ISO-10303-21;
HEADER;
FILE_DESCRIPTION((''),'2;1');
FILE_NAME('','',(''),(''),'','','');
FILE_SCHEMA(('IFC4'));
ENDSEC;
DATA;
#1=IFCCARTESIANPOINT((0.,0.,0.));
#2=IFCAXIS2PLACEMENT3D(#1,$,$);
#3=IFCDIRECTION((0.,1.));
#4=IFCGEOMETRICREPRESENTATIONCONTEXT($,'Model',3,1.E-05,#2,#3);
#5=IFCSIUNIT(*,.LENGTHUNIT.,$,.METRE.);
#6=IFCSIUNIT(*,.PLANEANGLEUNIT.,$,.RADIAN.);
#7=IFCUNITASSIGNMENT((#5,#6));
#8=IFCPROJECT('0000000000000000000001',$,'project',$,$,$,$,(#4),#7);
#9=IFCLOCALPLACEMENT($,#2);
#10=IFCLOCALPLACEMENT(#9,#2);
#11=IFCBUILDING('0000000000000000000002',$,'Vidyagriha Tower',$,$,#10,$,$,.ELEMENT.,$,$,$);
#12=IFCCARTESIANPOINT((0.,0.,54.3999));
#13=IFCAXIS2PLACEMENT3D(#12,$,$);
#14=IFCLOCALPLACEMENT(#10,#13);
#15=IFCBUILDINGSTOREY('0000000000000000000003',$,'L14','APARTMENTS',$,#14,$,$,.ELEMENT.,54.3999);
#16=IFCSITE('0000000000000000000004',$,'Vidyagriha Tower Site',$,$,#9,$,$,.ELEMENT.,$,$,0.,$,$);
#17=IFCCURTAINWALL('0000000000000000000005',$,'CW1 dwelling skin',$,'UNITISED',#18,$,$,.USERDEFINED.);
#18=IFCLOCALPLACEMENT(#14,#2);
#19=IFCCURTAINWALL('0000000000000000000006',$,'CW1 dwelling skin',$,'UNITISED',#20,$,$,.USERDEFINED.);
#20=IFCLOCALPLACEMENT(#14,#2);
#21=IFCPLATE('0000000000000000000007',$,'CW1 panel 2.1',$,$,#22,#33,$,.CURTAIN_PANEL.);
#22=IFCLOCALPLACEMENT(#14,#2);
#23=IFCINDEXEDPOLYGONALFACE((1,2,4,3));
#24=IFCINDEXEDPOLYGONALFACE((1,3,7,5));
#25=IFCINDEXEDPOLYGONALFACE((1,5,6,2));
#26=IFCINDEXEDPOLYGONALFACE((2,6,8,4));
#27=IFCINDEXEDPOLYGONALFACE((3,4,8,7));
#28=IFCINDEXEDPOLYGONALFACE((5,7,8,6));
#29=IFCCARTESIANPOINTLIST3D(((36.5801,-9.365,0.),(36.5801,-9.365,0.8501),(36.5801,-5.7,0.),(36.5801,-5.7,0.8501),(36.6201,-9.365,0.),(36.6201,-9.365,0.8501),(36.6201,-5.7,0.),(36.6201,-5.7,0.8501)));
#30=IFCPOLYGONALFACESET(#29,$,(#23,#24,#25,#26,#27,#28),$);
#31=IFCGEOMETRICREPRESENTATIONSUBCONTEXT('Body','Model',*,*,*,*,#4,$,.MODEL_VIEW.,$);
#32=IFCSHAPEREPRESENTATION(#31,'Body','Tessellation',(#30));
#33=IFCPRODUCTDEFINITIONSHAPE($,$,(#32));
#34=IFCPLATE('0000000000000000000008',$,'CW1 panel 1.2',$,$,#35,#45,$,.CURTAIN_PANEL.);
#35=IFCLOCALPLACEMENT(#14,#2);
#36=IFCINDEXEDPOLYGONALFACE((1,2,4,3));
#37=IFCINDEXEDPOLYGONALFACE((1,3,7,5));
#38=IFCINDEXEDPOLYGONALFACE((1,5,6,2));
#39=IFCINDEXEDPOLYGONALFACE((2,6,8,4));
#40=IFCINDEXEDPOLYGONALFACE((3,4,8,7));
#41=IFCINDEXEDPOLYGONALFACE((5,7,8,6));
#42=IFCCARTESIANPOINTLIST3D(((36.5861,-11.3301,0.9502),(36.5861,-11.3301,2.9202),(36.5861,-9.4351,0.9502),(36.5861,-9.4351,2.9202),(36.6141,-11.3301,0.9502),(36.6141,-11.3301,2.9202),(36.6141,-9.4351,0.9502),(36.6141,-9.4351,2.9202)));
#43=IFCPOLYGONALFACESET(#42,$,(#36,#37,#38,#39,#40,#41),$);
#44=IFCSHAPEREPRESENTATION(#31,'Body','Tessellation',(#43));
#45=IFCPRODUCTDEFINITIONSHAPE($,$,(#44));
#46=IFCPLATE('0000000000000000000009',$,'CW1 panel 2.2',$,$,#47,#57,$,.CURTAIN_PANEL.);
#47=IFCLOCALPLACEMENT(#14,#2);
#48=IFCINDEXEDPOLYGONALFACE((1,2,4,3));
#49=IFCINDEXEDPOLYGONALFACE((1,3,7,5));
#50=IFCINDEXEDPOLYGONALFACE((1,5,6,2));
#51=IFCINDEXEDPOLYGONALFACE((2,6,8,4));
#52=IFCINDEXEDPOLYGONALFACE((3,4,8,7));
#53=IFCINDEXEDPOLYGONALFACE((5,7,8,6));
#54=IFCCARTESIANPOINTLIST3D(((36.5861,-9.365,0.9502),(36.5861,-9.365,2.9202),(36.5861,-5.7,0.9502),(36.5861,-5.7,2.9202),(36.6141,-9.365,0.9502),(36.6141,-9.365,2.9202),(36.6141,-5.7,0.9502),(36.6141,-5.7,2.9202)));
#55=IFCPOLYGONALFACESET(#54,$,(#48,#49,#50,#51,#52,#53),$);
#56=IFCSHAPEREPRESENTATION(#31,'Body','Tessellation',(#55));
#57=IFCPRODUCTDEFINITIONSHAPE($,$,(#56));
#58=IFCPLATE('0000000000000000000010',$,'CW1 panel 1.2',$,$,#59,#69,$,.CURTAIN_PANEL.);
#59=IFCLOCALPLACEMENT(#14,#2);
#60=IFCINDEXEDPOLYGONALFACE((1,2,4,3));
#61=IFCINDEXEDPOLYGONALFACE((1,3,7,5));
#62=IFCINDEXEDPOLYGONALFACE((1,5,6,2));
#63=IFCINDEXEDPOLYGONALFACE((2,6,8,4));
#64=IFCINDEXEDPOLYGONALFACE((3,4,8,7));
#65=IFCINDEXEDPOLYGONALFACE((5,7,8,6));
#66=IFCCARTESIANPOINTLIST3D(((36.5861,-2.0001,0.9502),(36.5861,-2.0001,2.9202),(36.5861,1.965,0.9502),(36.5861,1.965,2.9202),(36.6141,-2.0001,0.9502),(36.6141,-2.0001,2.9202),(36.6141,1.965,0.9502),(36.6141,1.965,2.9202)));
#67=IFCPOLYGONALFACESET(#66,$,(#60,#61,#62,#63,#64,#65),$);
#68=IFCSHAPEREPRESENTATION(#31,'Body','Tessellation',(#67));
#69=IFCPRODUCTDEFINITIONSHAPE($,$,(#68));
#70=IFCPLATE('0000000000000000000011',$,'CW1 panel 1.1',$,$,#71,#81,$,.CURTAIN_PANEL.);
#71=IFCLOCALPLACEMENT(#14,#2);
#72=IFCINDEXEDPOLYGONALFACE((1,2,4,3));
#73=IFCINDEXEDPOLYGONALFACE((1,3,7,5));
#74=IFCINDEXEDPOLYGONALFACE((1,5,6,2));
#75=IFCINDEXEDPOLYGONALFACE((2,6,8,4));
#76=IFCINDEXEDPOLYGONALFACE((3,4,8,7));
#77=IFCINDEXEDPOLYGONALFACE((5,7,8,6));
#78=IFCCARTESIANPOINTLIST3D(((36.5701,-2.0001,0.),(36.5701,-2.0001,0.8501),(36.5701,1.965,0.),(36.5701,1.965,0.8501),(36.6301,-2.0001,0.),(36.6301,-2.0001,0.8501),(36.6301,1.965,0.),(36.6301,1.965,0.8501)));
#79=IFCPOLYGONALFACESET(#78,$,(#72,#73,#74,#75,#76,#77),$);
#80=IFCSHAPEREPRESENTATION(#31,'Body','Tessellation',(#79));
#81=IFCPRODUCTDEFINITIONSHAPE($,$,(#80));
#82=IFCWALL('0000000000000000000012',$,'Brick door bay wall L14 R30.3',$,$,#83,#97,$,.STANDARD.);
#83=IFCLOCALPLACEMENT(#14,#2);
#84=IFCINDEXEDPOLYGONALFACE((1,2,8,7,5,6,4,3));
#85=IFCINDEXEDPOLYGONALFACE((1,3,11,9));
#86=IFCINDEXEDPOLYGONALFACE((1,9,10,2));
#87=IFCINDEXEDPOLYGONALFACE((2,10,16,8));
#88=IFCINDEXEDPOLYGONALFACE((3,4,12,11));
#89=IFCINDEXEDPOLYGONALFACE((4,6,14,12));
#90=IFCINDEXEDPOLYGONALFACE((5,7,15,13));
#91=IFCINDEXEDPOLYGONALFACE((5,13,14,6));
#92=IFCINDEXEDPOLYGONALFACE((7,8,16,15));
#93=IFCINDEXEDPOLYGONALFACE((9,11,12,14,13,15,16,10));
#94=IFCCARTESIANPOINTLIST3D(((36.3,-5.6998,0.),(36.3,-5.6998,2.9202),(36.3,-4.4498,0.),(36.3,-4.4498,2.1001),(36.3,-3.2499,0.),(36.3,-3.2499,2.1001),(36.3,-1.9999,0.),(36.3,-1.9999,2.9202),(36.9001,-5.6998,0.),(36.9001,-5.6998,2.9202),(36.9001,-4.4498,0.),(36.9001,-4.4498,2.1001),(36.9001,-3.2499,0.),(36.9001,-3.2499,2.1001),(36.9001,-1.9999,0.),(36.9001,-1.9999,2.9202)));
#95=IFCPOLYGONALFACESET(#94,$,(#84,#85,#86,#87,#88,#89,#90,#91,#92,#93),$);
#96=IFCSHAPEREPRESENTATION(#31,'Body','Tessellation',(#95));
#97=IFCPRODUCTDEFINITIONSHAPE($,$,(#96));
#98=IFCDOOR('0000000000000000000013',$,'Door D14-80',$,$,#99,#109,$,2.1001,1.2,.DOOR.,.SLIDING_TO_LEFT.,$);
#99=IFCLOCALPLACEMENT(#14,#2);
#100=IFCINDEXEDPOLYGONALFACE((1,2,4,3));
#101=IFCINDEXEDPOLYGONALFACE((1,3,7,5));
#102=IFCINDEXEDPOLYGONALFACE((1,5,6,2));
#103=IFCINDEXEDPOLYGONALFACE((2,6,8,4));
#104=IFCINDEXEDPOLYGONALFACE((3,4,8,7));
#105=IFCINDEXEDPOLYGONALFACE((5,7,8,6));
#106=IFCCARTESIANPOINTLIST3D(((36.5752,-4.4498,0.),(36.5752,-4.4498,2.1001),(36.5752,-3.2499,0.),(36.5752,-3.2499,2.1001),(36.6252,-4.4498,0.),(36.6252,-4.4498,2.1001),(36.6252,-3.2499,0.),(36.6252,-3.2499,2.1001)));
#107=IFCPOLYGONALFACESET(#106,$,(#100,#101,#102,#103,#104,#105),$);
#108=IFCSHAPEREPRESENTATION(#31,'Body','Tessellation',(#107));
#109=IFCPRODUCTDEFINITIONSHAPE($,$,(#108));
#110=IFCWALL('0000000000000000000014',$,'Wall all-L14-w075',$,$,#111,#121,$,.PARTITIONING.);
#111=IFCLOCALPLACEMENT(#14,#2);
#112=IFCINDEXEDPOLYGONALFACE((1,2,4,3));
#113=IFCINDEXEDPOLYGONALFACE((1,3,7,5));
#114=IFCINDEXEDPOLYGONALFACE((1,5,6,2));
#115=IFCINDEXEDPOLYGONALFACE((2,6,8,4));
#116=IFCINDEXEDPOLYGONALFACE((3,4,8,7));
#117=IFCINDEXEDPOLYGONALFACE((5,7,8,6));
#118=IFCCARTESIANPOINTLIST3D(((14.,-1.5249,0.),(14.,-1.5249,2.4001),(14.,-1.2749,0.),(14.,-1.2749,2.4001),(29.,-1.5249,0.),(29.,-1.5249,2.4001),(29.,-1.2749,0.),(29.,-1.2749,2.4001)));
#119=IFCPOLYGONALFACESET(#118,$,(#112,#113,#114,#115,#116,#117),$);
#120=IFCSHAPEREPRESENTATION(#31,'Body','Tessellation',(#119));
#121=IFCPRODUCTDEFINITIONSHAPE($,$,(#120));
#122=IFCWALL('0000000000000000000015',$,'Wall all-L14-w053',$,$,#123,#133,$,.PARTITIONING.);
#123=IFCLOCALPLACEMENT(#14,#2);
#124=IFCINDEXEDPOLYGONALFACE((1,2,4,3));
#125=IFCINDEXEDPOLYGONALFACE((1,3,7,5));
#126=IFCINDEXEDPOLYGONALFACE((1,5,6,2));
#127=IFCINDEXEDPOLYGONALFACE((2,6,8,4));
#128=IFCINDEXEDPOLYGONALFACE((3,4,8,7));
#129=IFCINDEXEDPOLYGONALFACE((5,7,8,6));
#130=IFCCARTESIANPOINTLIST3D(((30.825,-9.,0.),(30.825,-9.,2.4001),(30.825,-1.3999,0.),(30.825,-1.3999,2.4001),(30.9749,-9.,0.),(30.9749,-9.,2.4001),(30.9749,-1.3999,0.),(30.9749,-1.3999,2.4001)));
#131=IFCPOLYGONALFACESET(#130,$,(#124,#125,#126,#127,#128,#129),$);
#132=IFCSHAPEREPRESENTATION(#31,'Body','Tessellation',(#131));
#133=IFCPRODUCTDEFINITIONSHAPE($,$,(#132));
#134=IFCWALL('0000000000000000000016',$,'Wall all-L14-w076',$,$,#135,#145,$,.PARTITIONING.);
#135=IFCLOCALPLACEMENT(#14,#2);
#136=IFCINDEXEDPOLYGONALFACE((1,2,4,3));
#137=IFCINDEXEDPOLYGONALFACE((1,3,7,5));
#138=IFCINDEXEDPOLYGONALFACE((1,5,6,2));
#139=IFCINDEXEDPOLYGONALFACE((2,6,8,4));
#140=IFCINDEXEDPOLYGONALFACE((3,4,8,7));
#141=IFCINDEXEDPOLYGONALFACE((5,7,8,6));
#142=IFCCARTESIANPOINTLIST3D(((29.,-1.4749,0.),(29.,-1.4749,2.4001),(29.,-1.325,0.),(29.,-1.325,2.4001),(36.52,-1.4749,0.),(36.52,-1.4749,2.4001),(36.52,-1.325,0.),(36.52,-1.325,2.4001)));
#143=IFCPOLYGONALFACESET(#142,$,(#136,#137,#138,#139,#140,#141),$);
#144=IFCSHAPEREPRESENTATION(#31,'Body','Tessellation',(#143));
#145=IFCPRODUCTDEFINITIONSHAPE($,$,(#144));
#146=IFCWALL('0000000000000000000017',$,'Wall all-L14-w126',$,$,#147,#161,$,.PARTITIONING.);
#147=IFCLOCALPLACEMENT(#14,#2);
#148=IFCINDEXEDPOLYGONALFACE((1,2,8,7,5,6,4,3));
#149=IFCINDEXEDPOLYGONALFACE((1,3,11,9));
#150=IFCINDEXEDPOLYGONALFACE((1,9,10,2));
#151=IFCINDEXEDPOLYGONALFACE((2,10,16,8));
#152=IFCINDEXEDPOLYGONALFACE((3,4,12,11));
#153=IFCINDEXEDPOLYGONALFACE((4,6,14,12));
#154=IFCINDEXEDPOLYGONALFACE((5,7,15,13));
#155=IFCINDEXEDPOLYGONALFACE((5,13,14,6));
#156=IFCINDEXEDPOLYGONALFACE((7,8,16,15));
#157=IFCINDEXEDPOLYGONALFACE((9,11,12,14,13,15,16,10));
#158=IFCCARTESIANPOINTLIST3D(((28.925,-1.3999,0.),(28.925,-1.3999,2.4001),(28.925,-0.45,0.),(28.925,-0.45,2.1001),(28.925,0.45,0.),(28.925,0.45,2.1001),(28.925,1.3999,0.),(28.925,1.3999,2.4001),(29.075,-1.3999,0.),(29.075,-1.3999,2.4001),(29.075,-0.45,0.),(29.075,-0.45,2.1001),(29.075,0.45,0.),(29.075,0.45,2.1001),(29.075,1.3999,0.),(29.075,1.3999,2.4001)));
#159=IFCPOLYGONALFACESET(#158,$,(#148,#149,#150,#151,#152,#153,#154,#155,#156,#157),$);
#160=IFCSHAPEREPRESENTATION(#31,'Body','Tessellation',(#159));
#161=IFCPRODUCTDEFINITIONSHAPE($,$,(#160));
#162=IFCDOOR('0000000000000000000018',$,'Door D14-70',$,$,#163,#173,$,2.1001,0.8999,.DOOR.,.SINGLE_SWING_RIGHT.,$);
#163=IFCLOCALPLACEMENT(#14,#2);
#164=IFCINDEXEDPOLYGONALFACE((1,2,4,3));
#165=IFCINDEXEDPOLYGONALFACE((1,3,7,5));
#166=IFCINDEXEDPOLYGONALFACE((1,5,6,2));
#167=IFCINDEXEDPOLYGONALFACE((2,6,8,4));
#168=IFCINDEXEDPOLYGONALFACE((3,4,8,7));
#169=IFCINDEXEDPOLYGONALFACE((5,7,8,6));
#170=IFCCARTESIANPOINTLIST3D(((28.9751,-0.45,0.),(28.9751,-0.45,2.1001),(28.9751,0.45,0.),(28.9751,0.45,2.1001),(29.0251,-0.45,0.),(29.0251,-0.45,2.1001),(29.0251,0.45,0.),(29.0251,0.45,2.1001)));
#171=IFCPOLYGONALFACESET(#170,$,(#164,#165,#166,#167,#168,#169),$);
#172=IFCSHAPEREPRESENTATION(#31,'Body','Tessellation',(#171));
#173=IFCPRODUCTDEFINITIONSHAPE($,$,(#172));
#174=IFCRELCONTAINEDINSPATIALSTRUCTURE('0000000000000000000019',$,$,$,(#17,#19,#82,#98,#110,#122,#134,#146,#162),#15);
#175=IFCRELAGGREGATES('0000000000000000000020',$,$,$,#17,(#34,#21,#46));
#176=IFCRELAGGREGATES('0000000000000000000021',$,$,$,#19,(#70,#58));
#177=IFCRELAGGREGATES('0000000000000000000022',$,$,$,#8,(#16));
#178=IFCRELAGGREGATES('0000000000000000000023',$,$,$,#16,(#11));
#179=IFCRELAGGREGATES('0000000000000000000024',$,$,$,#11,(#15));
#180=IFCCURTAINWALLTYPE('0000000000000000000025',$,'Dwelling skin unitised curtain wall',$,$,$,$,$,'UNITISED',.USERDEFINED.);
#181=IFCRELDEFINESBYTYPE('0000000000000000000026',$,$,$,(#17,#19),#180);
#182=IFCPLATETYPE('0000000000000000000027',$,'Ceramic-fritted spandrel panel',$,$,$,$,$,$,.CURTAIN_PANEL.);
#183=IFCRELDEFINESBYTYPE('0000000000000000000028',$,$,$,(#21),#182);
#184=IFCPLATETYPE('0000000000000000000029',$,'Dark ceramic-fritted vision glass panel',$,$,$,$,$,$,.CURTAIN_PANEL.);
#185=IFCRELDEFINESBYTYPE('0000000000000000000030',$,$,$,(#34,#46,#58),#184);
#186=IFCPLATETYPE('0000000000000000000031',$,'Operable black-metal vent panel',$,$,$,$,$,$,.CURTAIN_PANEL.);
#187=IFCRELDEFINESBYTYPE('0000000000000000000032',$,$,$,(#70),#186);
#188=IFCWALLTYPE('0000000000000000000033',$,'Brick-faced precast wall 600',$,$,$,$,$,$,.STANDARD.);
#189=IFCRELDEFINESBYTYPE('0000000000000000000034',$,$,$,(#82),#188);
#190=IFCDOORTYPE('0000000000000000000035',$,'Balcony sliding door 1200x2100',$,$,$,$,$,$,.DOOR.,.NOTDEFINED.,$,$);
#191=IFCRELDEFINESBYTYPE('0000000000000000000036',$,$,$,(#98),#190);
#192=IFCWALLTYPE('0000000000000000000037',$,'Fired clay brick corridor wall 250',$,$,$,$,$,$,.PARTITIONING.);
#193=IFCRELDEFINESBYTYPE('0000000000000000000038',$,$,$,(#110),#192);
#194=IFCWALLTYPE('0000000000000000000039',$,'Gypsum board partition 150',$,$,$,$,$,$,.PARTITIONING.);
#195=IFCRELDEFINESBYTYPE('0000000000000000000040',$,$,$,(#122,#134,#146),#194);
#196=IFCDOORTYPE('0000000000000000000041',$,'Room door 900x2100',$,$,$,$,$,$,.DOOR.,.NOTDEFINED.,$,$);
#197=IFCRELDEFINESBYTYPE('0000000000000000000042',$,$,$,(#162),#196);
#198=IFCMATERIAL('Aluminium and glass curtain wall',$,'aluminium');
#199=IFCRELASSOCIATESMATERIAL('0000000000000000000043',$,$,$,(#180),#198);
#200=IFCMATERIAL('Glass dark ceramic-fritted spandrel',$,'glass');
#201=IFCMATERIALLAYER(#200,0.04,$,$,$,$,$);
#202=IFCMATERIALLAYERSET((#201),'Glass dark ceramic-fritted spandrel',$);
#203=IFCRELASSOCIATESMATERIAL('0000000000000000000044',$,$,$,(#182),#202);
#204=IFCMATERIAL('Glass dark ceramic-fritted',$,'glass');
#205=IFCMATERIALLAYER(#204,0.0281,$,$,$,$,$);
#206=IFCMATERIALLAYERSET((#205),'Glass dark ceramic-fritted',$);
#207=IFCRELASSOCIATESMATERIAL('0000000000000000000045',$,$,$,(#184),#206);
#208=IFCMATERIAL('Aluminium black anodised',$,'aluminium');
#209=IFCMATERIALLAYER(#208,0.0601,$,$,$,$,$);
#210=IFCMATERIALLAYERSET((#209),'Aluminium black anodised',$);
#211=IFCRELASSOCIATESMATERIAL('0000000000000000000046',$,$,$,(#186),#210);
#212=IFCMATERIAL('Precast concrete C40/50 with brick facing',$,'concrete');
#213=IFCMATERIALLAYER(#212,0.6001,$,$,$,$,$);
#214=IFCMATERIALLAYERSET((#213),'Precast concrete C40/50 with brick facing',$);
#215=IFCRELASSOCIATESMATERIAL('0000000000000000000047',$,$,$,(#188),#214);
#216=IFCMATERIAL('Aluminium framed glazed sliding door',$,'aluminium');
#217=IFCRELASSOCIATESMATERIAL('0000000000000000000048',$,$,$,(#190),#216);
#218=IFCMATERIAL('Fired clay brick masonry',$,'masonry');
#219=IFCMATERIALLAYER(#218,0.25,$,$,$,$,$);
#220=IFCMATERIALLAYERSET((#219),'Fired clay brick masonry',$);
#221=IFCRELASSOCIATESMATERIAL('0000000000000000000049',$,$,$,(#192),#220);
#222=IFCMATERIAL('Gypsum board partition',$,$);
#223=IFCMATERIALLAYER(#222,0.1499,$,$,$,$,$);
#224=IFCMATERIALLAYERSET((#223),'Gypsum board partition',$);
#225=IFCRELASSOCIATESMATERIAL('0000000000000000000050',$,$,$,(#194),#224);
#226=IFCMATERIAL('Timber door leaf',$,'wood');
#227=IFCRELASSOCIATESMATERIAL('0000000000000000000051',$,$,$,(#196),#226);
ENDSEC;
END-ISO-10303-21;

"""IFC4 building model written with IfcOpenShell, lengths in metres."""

from ifc_helpers import new_model, si_unit, direction, frame, frame_2d, origin, origin_2d, place, context, subcontext, project, spatial, rectangle, extrude, material, layer, layer_set, type_object, element, fill, aggregate, save


model = new_model("IFC4")

# Units and contexts
model_context = context("Model", 3, precision=1e-05, world=origin(), true_north=direction((0.0, 1.0)))
body_context = subcontext(model_context, "Body", "Model", "MODEL_VIEW")
ifc_project = project(units=[si_unit("LENGTHUNIT", "METRE"), si_unit("PLANEANGLEUNIT", "RADIAN")], contexts=[model_context])

# Site, building, storey
site_placement = place(None, origin())
site = spatial("IfcSite", under=ifc_project, at=site_placement, Name="Vidyagriha Tower Site", CompositionType="ELEMENT", RefElevation=0.0)
building_placement = place(site_placement, origin())
building = spatial("IfcBuilding", under=site, at=building_placement, Name="Vidyagriha Tower", CompositionType="ELEMENT")
storey_placement = place(building_placement, frame((0.0, 0.0, 54.3999)))
storey = spatial("IfcBuildingStorey", under=building, at=storey_placement, Name="L14", Description="APARTMENTS", CompositionType="ELEMENT", Elevation=54.3999)

# Curtain wall
ifc_material_1 = material(Name="Aluminium and glass curtain wall", Category="aluminium")
curtain_wall_type = type_object("IfcCurtainWallType", Name="Dwelling skin unitised curtain wall", ElementType="UNITISED", PredefinedType="USERDEFINED", material=ifc_material_1)
curtain_wall_1_placement = place(storey_placement, origin())
curtain_wall_1 = element("IfcCurtainWall", 1, at=curtain_wall_1_placement, inside=storey, type_object=curtain_wall_type, Name="CW1 dwelling skin", ObjectType="UNITISED", PredefinedType="USERDEFINED")

# Curtain wall
curtain_wall_2_placement = place(storey_placement, origin())
curtain_wall_2 = element("IfcCurtainWall", 2, at=curtain_wall_2_placement, inside=storey, type_object=curtain_wall_type, Name="CW1 dwelling skin", ObjectType="UNITISED", PredefinedType="USERDEFINED")

# Plates
ifc_material_2 = material(Name="Glass dark ceramic-fritted spandrel", Category="glass")
ifc_layer_1 = layer(ifc_material_2, 0.04)
ifc_layer_set_1 = layer_set([ifc_layer_1], Name="Glass dark ceramic-fritted spandrel")
plate_type_1 = type_object("IfcPlateType", Name="Ceramic-fritted spandrel panel", PredefinedType="CURTAIN_PANEL", material=ifc_layer_set_1)
plate_1_placement = place(storey_placement, frame((36.6001, -7.5325, 0.0), z_axis=(0.0, 0.0, 1.0), x_axis=(0.0, 1.0, 0.0)))
plate_1 = element("IfcPlate", 3, at=plate_1_placement, type_object=plate_type_1, Name="CW1 panel 2.1", PredefinedType="CURTAIN_PANEL", context=body_context, shape_type="SweptSolid", body=[
    extrude(rectangle(XDim=3.665, YDim=0.04, at=origin_2d()), origin(), (0.0, 0.0, 1.0), 0.8501),
])
ifc_material_3 = material(Name="Glass dark ceramic-fritted", Category="glass")
ifc_layer_2 = layer(ifc_material_3, 0.0281)
ifc_layer_set_2 = layer_set([ifc_layer_2], Name="Glass dark ceramic-fritted")
plate_type_2 = type_object("IfcPlateType", Name="Dark ceramic-fritted vision glass panel", PredefinedType="CURTAIN_PANEL", material=ifc_layer_set_2)
plate_2_placement = place(storey_placement, frame((36.6001, -10.3826, 0.9502), z_axis=(0.0, 0.0, 1.0), x_axis=(0.0, 1.0, 0.0)))
plate_2 = element("IfcPlate", 4, at=plate_2_placement, type_object=plate_type_2, Name="CW1 panel 1.2", PredefinedType="CURTAIN_PANEL", context=body_context, shape_type="SweptSolid", body=[
    extrude(rectangle(XDim=1.895, YDim=0.0281, at=origin_2d()), origin(), (0.0, 0.0, 1.0), 1.97),
])
plate_3_placement = place(storey_placement, frame((36.6001, -7.5325, 0.9502), z_axis=(0.0, 0.0, 1.0), x_axis=(0.0, 1.0, 0.0)))
plate_3 = element("IfcPlate", 5, at=plate_3_placement, type_object=plate_type_2, Name="CW1 panel 2.2", PredefinedType="CURTAIN_PANEL", context=body_context, shape_type="SweptSolid", body=[
    extrude(rectangle(XDim=3.665, YDim=0.0281, at=origin_2d()), origin(), (0.0, 0.0, 1.0), 1.97),
])
aggregate(curtain_wall_1, [plate_2, plate_1, plate_3])
plate_4_placement = place(storey_placement, frame((36.6001, -0.0176, 0.9502), z_axis=(0.0, 0.0, 1.0), x_axis=(0.0, 1.0, 0.0)))
plate_4 = element("IfcPlate", 6, at=plate_4_placement, type_object=plate_type_2, Name="CW1 panel 1.2", PredefinedType="CURTAIN_PANEL", context=body_context, shape_type="SweptSolid", body=[
    extrude(rectangle(XDim=3.9651, YDim=0.0281, at=origin_2d()), origin(), (0.0, 0.0, 1.0), 1.97),
])
ifc_material_4 = material(Name="Aluminium black anodised", Category="aluminium")
ifc_layer_3 = layer(ifc_material_4, 0.0601)
ifc_layer_set_3 = layer_set([ifc_layer_3], Name="Aluminium black anodised")
plate_type_3 = type_object("IfcPlateType", Name="Operable black-metal vent panel", PredefinedType="CURTAIN_PANEL", material=ifc_layer_set_3)
plate_5_placement = place(storey_placement, frame((36.6001, -0.0176, 0.0), z_axis=(0.0, 0.0, 1.0), x_axis=(0.0, 1.0, 0.0)))
plate_5 = element("IfcPlate", 7, at=plate_5_placement, type_object=plate_type_3, Name="CW1 panel 1.1", PredefinedType="CURTAIN_PANEL", context=body_context, shape_type="SweptSolid", body=[
    extrude(rectangle(XDim=3.9651, YDim=0.0601, at=origin_2d()), origin(), (0.0, 0.0, 1.0), 0.8501),
])
aggregate(curtain_wall_2, [plate_5, plate_4])

# Wall, opening, door
ifc_material_5 = material(Name="Precast concrete C40/50 with brick facing", Category="concrete")
ifc_layer_4 = layer(ifc_material_5, 0.6001)
ifc_layer_set_4 = layer_set([ifc_layer_4], Name="Precast concrete C40/50 with brick facing")
wall_type_1 = type_object("IfcWallType", Name="Brick-faced precast wall 600", PredefinedType="STANDARD", material=ifc_layer_set_4)
wall_1_placement = place(storey_placement, frame((36.6001, -5.7, 0.0), z_axis=(0.0, 0.0, 1.0), x_axis=(0.0, 1.0, 0.0)))
wall_1 = element("IfcWall", 8, at=wall_1_placement, inside=storey, type_object=wall_type_1, Name="Brick door bay wall L14 R30.3", PredefinedType="STANDARD", context=body_context, shape_type="SweptSolid", body=[
    extrude(rectangle(XDim=3.7, YDim=0.6001, at=frame_2d((1.8501, 0.0))), origin(), (0.0, 0.0, 1.0), 2.9202),
])
opening_1_placement = place(wall_1_placement, frame((1.25, 0.0, 0.0)))
opening_1 = element("IfcOpeningElement", 9, at=opening_1_placement, cuts=wall_1, PredefinedType="OPENING", context=body_context, shape_type="SweptSolid", body=[
    extrude(rectangle(XDim=1.2, YDim=2.1001, at=frame_2d((0.6001, 1.05))), frame((0.0, 0.3101, 0.0), z_axis=(0.0, -1.0, 0.0), x_axis=(1.0, 0.0, 0.0)), (0.0, 0.0, 1.0), 0.6201),
])
ifc_material_6 = material(Name="Aluminium framed glazed sliding door", Category="aluminium")
door_type_1 = type_object("IfcDoorType", Name="Balcony sliding door 1200x2100", OperationType="NOTDEFINED", PredefinedType="DOOR", material=ifc_material_6)
door_1_placement = place(opening_1_placement, origin())
door_1 = element("IfcDoor", 10, at=door_1_placement, inside=storey, type_object=door_type_1, Name="Door D14-80", OperationType="SLIDING_TO_LEFT", OverallHeight=2.1001, OverallWidth=1.2, PredefinedType="DOOR", context=body_context, shape_type="SweptSolid", body=[
    extrude(rectangle(XDim=1.2, YDim=2.1001, at=frame_2d((0.6001, 1.05))), frame((0.0, 0.0249, 0.0), z_axis=(0.0, -1.0, 0.0), x_axis=(1.0, 0.0, 0.0)), (0.0, 0.0, 1.0), 0.05),
])
fill(opening_1, door_1)

# Walls
ifc_material_7 = material(Name="Fired clay brick masonry", Category="masonry")
ifc_layer_5 = layer(ifc_material_7, 0.25)
ifc_layer_set_5 = layer_set([ifc_layer_5], Name="Fired clay brick masonry")
wall_type_2 = type_object("IfcWallType", Name="Fired clay brick corridor wall 250", PredefinedType="PARTITIONING", material=ifc_layer_set_5)
wall_2_placement = place(storey_placement, frame((29.0, -1.3999, 0.0), z_axis=(0.0, 0.0, 1.0), x_axis=(-1.0, 0.0, 0.0)))
element("IfcWall", 11, at=wall_2_placement, inside=storey, type_object=wall_type_2, Name="Wall all-L14-w075", PredefinedType="PARTITIONING", context=body_context, shape_type="SweptSolid", body=[
    extrude(rectangle(XDim=15.0, YDim=0.25, at=frame_2d((7.5, 0.0))), origin(), (0.0, 0.0, 1.0), 2.4001),
])
ifc_material_8 = material(Name="Gypsum board partition")
ifc_layer_6 = layer(ifc_material_8, 0.1499)
ifc_layer_set_6 = layer_set([ifc_layer_6], Name="Gypsum board partition")
wall_type_3 = type_object("IfcWallType", Name="Gypsum board partition 150", PredefinedType="PARTITIONING", material=ifc_layer_set_6)
wall_3_placement = place(storey_placement, frame((30.8999, -1.3999, 0.0), z_axis=(0.0, 0.0, 1.0), x_axis=(0.0, -1.0, 0.0)))
element("IfcWall", 12, at=wall_3_placement, inside=storey, type_object=wall_type_3, Name="Wall all-L14-w053", PredefinedType="PARTITIONING", context=body_context, shape_type="SweptSolid", body=[
    extrude(rectangle(XDim=7.6001, YDim=0.1499, at=frame_2d((3.8, 0.0))), origin(), (0.0, 0.0, 1.0), 2.4001),
])
wall_4_placement = place(storey_placement, frame((36.52, -1.3999, 0.0), z_axis=(0.0, 0.0, 1.0), x_axis=(-1.0, 0.0, 0.0)))
element("IfcWall", 13, at=wall_4_placement, inside=storey, type_object=wall_type_3, Name="Wall all-L14-w076", PredefinedType="PARTITIONING", context=body_context, shape_type="SweptSolid", body=[
    extrude(rectangle(XDim=7.52, YDim=0.1499, at=frame_2d((3.76, 0.0))), origin(), (0.0, 0.0, 1.0), 2.4001),
])

# Wall, opening, door
wall_5_placement = place(storey_placement, frame((29.0, -1.3999, 0.0), z_axis=(0.0, 0.0, 1.0), x_axis=(0.0, 1.0, 0.0)))
wall_5 = element("IfcWall", 14, at=wall_5_placement, inside=storey, type_object=wall_type_3, Name="Wall all-L14-w126", PredefinedType="PARTITIONING", context=body_context, shape_type="SweptSolid", body=[
    extrude(rectangle(XDim=2.7998, YDim=0.1499, at=frame_2d((1.3999, 0.0))), origin(), (0.0, 0.0, 1.0), 2.4001),
])
opening_2_placement = place(wall_5_placement, frame((0.95, 0.0, 0.0)))
opening_2 = element("IfcOpeningElement", 15, at=opening_2_placement, cuts=wall_5, PredefinedType="OPENING", context=body_context, shape_type="SweptSolid", body=[
    extrude(rectangle(XDim=0.8999, YDim=2.1001, at=frame_2d((0.45, 1.05))), frame((0.0, 0.085, 0.0), z_axis=(0.0, -1.0, 0.0), x_axis=(1.0, 0.0, 0.0)), (0.0, 0.0, 1.0), 0.1699),
])
ifc_material_9 = material(Name="Timber door leaf", Category="wood")
door_type_2 = type_object("IfcDoorType", Name="Room door 900x2100", OperationType="NOTDEFINED", PredefinedType="DOOR", material=ifc_material_9)
door_2_placement = place(opening_2_placement, origin())
door_2 = element("IfcDoor", 16, at=door_2_placement, inside=storey, type_object=door_type_2, Name="Door D14-70", OperationType="SINGLE_SWING_RIGHT", OverallHeight=2.1001, OverallWidth=0.8999, PredefinedType="DOOR", context=body_context, shape_type="SweptSolid", body=[
    extrude(rectangle(XDim=0.8999, YDim=2.1001, at=frame_2d((0.45, 1.05))), frame((0.0, 0.0249, 0.0), z_axis=(0.0, -1.0, 0.0), x_axis=(1.0, 0.0, 0.0)), (0.0, 0.0, 1.0), 0.05),
])
fill(opening_2, door_2)

save(model, "model.ifc")
